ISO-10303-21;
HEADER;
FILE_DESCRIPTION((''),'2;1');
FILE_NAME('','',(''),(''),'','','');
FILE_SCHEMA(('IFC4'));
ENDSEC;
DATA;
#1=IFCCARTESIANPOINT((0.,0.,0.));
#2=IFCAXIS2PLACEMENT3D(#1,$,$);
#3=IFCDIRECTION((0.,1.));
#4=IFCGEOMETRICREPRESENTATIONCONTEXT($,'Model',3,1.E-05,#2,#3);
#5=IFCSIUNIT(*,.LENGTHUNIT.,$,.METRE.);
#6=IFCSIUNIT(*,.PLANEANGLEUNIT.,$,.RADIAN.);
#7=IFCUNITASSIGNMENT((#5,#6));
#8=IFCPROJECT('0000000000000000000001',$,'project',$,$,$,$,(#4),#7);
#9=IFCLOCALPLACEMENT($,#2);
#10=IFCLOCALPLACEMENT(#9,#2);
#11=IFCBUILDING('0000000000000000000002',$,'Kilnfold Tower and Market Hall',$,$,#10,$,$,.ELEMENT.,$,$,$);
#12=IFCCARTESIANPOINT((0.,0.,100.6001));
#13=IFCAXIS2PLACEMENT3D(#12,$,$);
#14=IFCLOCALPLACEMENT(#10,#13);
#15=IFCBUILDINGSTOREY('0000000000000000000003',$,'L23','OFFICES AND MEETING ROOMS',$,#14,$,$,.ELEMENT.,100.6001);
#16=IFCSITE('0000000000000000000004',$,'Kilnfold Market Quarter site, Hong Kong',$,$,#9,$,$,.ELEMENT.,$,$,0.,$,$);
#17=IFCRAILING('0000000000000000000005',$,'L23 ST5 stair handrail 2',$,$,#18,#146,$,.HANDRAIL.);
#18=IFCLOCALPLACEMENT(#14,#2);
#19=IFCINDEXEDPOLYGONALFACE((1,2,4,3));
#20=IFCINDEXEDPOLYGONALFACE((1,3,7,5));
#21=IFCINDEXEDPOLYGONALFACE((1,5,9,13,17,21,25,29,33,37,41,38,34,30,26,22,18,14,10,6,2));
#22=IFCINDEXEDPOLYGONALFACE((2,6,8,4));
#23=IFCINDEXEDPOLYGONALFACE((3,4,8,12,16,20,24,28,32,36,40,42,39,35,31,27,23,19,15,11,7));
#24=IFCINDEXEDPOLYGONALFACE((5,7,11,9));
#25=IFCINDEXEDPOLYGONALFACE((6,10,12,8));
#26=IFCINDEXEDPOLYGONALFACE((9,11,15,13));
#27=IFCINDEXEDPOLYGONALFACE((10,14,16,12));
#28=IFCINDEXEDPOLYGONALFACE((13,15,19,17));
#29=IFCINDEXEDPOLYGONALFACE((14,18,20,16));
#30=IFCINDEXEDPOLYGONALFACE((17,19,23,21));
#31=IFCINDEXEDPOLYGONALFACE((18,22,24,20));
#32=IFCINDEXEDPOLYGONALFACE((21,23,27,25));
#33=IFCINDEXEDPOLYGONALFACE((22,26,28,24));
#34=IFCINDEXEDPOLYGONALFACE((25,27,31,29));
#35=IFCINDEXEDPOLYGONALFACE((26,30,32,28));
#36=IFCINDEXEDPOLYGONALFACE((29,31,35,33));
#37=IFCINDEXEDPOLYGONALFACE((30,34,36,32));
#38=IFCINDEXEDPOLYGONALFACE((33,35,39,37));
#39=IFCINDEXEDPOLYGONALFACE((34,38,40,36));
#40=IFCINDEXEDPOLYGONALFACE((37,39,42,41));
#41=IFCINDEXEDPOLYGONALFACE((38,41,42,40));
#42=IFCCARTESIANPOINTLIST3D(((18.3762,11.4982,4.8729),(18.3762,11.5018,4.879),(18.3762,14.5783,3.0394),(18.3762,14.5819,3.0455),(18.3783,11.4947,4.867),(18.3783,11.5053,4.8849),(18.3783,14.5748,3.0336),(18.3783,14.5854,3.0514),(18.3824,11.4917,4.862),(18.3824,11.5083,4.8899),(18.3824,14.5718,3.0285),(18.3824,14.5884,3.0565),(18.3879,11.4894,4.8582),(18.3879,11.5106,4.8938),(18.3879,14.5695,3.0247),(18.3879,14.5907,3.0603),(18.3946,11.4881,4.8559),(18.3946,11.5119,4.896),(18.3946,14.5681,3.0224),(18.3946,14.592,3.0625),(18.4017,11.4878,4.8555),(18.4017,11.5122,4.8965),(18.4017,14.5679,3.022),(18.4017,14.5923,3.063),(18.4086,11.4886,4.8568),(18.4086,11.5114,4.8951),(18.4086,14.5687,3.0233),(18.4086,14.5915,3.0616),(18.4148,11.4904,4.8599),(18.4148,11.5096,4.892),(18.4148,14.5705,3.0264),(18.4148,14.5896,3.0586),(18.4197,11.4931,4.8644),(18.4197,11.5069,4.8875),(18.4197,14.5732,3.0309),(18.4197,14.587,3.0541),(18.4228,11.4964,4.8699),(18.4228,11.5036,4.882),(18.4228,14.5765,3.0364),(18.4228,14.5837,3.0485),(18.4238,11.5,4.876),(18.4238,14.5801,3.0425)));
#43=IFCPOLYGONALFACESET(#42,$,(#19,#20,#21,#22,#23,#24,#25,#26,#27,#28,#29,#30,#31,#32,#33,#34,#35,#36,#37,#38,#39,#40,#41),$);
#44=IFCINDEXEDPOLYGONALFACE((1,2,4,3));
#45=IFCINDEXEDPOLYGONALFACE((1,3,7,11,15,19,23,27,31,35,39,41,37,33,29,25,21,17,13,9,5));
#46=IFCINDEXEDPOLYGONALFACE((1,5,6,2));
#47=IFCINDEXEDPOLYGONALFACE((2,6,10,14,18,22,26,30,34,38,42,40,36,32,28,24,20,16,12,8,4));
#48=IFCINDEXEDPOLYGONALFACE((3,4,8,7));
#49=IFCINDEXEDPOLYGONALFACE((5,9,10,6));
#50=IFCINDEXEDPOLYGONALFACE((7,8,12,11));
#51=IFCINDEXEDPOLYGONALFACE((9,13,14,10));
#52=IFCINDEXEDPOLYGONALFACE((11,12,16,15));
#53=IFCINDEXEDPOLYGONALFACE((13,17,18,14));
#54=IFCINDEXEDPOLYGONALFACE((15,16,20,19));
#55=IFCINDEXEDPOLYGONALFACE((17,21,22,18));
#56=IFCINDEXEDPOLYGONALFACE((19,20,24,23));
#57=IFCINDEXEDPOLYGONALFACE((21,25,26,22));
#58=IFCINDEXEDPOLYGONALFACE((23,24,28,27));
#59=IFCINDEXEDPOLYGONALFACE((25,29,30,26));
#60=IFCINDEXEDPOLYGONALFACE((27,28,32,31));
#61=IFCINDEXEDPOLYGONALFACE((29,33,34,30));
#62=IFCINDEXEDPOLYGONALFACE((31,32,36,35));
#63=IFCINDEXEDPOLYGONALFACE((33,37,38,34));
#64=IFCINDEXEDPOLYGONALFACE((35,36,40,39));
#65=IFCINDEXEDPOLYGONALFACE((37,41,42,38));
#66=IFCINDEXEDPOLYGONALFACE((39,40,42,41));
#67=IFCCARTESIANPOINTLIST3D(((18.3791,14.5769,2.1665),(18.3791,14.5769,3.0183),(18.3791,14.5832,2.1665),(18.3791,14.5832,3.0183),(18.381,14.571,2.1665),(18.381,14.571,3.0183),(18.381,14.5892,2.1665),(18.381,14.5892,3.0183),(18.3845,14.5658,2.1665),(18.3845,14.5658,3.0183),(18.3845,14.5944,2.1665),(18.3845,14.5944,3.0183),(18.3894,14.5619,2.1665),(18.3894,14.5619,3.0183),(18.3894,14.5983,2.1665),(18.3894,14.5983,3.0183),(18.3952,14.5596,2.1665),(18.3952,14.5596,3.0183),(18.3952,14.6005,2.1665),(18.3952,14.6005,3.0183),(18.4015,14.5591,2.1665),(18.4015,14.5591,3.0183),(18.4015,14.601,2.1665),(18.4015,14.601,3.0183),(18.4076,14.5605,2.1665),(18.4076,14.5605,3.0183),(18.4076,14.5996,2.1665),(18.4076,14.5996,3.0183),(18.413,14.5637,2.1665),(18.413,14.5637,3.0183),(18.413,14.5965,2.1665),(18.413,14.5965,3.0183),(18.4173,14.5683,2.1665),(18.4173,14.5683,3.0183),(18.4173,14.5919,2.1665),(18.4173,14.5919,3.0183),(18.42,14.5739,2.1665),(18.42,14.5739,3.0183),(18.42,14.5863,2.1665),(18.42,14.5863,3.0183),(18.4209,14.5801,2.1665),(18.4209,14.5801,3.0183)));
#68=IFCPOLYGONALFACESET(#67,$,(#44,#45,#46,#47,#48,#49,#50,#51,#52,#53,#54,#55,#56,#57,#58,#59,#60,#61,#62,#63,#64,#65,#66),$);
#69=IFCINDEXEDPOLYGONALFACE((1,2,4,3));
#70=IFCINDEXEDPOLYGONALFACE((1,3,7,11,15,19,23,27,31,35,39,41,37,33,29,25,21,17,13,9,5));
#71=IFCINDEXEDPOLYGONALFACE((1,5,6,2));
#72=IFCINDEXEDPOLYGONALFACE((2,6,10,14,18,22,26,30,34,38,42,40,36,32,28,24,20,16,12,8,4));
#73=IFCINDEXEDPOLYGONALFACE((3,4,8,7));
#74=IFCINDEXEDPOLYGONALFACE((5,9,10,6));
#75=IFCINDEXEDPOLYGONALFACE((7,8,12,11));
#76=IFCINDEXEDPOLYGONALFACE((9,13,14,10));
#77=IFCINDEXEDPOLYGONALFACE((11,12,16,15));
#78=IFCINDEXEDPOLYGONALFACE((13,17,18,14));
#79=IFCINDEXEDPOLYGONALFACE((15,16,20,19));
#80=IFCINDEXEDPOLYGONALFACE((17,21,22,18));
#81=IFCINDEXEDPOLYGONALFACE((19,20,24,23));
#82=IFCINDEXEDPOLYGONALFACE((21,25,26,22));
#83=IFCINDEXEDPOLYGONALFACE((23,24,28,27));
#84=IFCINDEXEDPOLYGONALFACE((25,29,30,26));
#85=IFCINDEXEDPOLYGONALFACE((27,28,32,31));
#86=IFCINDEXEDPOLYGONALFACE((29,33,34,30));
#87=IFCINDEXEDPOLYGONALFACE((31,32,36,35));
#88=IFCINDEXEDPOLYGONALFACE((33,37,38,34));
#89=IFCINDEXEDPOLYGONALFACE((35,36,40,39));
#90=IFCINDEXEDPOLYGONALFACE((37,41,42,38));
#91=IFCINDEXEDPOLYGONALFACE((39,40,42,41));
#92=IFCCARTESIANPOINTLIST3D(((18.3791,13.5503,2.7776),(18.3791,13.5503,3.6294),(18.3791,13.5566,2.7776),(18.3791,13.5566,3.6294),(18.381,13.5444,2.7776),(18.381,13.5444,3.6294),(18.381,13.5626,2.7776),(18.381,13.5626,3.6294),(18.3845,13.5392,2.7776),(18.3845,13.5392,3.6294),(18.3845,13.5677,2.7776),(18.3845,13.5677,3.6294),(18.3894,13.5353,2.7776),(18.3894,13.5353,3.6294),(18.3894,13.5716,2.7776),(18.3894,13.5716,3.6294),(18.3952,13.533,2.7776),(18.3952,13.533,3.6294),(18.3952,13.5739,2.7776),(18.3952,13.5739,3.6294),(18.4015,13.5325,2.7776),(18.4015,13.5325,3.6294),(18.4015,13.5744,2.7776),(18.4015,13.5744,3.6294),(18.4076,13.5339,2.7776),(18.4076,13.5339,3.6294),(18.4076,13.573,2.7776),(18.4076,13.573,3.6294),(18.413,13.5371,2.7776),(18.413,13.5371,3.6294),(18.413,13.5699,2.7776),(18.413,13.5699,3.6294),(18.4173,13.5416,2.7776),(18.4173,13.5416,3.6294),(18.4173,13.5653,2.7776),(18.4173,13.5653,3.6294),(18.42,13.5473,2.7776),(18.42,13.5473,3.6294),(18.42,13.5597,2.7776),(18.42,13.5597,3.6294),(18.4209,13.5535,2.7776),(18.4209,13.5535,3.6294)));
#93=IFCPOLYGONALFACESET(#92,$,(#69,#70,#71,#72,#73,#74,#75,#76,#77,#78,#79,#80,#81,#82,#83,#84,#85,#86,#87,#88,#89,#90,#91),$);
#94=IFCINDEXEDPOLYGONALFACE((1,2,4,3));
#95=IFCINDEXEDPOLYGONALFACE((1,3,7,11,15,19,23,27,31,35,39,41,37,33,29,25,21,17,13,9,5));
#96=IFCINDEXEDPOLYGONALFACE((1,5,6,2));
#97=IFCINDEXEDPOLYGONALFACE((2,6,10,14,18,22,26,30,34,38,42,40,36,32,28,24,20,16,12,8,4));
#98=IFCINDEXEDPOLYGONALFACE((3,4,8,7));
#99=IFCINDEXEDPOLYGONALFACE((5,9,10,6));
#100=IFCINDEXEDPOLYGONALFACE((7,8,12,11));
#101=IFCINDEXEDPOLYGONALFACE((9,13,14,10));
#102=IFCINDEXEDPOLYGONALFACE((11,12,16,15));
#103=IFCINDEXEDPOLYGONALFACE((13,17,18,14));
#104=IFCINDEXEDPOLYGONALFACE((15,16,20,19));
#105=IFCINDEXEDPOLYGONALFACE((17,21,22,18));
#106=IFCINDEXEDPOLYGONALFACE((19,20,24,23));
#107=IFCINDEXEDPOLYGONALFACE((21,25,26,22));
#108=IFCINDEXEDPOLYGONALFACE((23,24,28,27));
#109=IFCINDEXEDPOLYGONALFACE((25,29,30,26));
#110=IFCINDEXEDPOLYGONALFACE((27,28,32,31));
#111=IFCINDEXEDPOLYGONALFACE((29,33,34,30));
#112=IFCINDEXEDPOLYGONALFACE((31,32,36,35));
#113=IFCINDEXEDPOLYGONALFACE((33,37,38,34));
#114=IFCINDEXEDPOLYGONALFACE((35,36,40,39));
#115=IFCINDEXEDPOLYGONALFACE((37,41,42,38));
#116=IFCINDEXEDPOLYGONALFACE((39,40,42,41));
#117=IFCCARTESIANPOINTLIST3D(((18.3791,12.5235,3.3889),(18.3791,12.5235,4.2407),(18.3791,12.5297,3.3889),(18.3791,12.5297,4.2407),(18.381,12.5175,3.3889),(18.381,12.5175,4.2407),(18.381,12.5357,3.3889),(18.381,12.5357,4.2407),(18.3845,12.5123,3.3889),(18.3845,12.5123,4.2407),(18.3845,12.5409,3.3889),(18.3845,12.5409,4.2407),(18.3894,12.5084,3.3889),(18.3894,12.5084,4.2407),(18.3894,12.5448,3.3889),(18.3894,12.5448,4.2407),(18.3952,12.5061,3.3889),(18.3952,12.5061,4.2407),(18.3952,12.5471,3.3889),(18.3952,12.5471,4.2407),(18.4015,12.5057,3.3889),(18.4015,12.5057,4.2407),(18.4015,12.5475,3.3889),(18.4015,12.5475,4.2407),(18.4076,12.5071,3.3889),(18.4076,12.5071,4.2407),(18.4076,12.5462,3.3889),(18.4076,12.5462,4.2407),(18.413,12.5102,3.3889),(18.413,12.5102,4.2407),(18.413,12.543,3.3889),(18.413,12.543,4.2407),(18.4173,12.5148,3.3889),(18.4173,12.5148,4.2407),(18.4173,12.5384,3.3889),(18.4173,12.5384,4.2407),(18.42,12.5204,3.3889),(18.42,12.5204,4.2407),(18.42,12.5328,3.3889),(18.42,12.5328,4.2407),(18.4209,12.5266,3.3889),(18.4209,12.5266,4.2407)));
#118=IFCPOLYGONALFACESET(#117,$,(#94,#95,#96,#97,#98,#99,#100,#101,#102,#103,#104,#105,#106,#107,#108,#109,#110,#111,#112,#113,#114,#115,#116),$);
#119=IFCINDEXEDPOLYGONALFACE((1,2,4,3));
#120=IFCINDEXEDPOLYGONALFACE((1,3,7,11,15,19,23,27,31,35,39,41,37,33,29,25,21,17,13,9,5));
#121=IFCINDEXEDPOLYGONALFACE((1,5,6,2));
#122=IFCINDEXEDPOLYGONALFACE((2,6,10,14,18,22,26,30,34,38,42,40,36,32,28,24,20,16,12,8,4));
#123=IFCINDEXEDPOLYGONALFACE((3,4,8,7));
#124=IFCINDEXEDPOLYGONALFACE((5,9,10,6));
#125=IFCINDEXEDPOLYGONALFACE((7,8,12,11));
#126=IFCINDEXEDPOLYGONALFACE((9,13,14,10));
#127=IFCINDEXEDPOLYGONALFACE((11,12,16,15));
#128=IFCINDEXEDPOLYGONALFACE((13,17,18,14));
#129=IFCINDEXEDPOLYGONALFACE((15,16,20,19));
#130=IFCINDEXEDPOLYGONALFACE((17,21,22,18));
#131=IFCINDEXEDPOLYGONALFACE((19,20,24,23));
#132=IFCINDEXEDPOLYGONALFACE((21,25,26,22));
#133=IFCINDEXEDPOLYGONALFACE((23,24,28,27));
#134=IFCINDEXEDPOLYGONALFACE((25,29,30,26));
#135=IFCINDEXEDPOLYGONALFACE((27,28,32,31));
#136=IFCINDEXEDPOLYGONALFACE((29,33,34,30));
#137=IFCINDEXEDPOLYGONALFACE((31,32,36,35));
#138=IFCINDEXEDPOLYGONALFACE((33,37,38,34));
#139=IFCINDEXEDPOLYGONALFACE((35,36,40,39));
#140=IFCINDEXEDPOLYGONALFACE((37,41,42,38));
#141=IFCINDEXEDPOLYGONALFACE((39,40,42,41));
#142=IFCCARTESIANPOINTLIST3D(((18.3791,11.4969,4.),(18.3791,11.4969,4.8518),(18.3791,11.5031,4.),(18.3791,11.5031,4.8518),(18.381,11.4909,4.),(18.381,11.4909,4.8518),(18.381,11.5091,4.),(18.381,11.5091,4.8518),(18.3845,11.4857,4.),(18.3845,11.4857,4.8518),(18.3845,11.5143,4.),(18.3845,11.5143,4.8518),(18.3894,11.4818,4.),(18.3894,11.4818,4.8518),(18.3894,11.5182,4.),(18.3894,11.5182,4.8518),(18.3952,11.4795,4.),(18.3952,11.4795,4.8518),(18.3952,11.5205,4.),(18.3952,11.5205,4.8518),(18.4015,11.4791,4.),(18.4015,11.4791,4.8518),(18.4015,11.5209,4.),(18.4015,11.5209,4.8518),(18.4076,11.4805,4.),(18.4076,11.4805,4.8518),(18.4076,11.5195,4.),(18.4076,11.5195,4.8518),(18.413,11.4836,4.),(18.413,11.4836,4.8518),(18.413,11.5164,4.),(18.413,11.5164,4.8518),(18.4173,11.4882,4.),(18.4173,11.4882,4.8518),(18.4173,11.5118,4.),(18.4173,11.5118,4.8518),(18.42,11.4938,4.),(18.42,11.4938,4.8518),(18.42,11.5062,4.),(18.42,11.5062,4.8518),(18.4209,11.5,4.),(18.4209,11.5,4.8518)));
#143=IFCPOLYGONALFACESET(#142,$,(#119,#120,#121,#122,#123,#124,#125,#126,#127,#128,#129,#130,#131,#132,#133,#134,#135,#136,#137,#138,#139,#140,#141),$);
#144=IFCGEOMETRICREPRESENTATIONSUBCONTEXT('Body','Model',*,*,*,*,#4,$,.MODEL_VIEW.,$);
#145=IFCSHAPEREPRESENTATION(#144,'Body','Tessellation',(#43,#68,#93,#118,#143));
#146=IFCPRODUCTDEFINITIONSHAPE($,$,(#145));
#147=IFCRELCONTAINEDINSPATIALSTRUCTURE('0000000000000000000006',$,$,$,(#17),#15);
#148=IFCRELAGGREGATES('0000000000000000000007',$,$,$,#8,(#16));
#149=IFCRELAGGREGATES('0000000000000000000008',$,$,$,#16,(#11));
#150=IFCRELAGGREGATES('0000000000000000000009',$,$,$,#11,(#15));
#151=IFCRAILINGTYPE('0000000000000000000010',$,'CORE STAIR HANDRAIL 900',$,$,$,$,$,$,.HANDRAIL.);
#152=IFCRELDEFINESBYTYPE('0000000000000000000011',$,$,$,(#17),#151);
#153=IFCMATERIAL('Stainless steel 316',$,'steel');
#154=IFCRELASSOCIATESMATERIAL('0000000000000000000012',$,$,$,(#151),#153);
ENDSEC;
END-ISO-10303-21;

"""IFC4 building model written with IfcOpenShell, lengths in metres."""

from ifc_helpers import new_model, si_unit, direction, frame, origin, origin_2d, place, context, subcontext, project, spatial, circle, extrude, material, type_object, element, save


model = new_model("IFC4")

# Units and contexts
model_context = context("Model", 3, precision=1e-05, world=origin(), true_north=direction((0.0, 1.0)))
body_context = subcontext(model_context, "Body", "Model", "MODEL_VIEW")
ifc_project = project(units=[si_unit("LENGTHUNIT", "METRE"), si_unit("PLANEANGLEUNIT", "RADIAN")], contexts=[model_context])

# Site, building, storey
site_placement = place(None, origin())
site = spatial("IfcSite", under=ifc_project, at=site_placement, Name="Kilnfold Market Quarter site, Hong Kong", CompositionType="ELEMENT", RefElevation=0.0)
building_placement = place(site_placement, origin())
building = spatial("IfcBuilding", under=site, at=building_placement, Name="Kilnfold Tower and Market Hall", CompositionType="ELEMENT")
storey_placement = place(building_placement, frame((0.0, 0.0, 100.6001)))
storey = spatial("IfcBuildingStorey", under=building, at=storey_placement, Name="L23", Description="OFFICES AND MEETING ROOMS", CompositionType="ELEMENT", Elevation=100.6001)

# Railing
ifc_material_1 = material(Name="Stainless steel 316", Category="steel")
railing_type_1 = type_object("IfcRailingType", Name="CORE STAIR HANDRAIL 900", PredefinedType="HANDRAIL", material=ifc_material_1)
railing_1_placement = place(storey_placement, frame((18.3999, 14.5801, 2.1665)))
element("IfcRailing", 1, at=railing_1_placement, inside=storey, type_object=railing_type_1, Name="L23 ST5 stair handrail 2", PredefinedType="HANDRAIL", context=body_context, shape_type="SweptSolid", body=[
    extrude(circle(Radius=0.0239, at=origin_2d()), frame((0.0, 0.0, 0.876), z_axis=(0.0, -0.859279, 0.511508), x_axis=(1.0, 0.0, 0.0)), (0.0, 0.0, 1.0), 3.5845),
    extrude(circle(Radius=0.021, at=origin_2d()), origin(), (0.0, 0.0, 1.0), 0.8518),
    extrude(circle(Radius=0.021, at=origin_2d()), frame((0.0, -1.0266, 0.6111)), (0.0, 0.0, 1.0), 0.8518),
    extrude(circle(Radius=0.021, at=origin_2d()), frame((0.0, -2.0535, 1.2224)), (0.0, 0.0, 1.0), 0.8518),
    extrude(circle(Radius=0.021, at=origin_2d()), frame((0.0, -3.0801, 1.8335)), (0.0, 0.0, 1.0), 0.8518),
])

save(model, "model.ifc")
